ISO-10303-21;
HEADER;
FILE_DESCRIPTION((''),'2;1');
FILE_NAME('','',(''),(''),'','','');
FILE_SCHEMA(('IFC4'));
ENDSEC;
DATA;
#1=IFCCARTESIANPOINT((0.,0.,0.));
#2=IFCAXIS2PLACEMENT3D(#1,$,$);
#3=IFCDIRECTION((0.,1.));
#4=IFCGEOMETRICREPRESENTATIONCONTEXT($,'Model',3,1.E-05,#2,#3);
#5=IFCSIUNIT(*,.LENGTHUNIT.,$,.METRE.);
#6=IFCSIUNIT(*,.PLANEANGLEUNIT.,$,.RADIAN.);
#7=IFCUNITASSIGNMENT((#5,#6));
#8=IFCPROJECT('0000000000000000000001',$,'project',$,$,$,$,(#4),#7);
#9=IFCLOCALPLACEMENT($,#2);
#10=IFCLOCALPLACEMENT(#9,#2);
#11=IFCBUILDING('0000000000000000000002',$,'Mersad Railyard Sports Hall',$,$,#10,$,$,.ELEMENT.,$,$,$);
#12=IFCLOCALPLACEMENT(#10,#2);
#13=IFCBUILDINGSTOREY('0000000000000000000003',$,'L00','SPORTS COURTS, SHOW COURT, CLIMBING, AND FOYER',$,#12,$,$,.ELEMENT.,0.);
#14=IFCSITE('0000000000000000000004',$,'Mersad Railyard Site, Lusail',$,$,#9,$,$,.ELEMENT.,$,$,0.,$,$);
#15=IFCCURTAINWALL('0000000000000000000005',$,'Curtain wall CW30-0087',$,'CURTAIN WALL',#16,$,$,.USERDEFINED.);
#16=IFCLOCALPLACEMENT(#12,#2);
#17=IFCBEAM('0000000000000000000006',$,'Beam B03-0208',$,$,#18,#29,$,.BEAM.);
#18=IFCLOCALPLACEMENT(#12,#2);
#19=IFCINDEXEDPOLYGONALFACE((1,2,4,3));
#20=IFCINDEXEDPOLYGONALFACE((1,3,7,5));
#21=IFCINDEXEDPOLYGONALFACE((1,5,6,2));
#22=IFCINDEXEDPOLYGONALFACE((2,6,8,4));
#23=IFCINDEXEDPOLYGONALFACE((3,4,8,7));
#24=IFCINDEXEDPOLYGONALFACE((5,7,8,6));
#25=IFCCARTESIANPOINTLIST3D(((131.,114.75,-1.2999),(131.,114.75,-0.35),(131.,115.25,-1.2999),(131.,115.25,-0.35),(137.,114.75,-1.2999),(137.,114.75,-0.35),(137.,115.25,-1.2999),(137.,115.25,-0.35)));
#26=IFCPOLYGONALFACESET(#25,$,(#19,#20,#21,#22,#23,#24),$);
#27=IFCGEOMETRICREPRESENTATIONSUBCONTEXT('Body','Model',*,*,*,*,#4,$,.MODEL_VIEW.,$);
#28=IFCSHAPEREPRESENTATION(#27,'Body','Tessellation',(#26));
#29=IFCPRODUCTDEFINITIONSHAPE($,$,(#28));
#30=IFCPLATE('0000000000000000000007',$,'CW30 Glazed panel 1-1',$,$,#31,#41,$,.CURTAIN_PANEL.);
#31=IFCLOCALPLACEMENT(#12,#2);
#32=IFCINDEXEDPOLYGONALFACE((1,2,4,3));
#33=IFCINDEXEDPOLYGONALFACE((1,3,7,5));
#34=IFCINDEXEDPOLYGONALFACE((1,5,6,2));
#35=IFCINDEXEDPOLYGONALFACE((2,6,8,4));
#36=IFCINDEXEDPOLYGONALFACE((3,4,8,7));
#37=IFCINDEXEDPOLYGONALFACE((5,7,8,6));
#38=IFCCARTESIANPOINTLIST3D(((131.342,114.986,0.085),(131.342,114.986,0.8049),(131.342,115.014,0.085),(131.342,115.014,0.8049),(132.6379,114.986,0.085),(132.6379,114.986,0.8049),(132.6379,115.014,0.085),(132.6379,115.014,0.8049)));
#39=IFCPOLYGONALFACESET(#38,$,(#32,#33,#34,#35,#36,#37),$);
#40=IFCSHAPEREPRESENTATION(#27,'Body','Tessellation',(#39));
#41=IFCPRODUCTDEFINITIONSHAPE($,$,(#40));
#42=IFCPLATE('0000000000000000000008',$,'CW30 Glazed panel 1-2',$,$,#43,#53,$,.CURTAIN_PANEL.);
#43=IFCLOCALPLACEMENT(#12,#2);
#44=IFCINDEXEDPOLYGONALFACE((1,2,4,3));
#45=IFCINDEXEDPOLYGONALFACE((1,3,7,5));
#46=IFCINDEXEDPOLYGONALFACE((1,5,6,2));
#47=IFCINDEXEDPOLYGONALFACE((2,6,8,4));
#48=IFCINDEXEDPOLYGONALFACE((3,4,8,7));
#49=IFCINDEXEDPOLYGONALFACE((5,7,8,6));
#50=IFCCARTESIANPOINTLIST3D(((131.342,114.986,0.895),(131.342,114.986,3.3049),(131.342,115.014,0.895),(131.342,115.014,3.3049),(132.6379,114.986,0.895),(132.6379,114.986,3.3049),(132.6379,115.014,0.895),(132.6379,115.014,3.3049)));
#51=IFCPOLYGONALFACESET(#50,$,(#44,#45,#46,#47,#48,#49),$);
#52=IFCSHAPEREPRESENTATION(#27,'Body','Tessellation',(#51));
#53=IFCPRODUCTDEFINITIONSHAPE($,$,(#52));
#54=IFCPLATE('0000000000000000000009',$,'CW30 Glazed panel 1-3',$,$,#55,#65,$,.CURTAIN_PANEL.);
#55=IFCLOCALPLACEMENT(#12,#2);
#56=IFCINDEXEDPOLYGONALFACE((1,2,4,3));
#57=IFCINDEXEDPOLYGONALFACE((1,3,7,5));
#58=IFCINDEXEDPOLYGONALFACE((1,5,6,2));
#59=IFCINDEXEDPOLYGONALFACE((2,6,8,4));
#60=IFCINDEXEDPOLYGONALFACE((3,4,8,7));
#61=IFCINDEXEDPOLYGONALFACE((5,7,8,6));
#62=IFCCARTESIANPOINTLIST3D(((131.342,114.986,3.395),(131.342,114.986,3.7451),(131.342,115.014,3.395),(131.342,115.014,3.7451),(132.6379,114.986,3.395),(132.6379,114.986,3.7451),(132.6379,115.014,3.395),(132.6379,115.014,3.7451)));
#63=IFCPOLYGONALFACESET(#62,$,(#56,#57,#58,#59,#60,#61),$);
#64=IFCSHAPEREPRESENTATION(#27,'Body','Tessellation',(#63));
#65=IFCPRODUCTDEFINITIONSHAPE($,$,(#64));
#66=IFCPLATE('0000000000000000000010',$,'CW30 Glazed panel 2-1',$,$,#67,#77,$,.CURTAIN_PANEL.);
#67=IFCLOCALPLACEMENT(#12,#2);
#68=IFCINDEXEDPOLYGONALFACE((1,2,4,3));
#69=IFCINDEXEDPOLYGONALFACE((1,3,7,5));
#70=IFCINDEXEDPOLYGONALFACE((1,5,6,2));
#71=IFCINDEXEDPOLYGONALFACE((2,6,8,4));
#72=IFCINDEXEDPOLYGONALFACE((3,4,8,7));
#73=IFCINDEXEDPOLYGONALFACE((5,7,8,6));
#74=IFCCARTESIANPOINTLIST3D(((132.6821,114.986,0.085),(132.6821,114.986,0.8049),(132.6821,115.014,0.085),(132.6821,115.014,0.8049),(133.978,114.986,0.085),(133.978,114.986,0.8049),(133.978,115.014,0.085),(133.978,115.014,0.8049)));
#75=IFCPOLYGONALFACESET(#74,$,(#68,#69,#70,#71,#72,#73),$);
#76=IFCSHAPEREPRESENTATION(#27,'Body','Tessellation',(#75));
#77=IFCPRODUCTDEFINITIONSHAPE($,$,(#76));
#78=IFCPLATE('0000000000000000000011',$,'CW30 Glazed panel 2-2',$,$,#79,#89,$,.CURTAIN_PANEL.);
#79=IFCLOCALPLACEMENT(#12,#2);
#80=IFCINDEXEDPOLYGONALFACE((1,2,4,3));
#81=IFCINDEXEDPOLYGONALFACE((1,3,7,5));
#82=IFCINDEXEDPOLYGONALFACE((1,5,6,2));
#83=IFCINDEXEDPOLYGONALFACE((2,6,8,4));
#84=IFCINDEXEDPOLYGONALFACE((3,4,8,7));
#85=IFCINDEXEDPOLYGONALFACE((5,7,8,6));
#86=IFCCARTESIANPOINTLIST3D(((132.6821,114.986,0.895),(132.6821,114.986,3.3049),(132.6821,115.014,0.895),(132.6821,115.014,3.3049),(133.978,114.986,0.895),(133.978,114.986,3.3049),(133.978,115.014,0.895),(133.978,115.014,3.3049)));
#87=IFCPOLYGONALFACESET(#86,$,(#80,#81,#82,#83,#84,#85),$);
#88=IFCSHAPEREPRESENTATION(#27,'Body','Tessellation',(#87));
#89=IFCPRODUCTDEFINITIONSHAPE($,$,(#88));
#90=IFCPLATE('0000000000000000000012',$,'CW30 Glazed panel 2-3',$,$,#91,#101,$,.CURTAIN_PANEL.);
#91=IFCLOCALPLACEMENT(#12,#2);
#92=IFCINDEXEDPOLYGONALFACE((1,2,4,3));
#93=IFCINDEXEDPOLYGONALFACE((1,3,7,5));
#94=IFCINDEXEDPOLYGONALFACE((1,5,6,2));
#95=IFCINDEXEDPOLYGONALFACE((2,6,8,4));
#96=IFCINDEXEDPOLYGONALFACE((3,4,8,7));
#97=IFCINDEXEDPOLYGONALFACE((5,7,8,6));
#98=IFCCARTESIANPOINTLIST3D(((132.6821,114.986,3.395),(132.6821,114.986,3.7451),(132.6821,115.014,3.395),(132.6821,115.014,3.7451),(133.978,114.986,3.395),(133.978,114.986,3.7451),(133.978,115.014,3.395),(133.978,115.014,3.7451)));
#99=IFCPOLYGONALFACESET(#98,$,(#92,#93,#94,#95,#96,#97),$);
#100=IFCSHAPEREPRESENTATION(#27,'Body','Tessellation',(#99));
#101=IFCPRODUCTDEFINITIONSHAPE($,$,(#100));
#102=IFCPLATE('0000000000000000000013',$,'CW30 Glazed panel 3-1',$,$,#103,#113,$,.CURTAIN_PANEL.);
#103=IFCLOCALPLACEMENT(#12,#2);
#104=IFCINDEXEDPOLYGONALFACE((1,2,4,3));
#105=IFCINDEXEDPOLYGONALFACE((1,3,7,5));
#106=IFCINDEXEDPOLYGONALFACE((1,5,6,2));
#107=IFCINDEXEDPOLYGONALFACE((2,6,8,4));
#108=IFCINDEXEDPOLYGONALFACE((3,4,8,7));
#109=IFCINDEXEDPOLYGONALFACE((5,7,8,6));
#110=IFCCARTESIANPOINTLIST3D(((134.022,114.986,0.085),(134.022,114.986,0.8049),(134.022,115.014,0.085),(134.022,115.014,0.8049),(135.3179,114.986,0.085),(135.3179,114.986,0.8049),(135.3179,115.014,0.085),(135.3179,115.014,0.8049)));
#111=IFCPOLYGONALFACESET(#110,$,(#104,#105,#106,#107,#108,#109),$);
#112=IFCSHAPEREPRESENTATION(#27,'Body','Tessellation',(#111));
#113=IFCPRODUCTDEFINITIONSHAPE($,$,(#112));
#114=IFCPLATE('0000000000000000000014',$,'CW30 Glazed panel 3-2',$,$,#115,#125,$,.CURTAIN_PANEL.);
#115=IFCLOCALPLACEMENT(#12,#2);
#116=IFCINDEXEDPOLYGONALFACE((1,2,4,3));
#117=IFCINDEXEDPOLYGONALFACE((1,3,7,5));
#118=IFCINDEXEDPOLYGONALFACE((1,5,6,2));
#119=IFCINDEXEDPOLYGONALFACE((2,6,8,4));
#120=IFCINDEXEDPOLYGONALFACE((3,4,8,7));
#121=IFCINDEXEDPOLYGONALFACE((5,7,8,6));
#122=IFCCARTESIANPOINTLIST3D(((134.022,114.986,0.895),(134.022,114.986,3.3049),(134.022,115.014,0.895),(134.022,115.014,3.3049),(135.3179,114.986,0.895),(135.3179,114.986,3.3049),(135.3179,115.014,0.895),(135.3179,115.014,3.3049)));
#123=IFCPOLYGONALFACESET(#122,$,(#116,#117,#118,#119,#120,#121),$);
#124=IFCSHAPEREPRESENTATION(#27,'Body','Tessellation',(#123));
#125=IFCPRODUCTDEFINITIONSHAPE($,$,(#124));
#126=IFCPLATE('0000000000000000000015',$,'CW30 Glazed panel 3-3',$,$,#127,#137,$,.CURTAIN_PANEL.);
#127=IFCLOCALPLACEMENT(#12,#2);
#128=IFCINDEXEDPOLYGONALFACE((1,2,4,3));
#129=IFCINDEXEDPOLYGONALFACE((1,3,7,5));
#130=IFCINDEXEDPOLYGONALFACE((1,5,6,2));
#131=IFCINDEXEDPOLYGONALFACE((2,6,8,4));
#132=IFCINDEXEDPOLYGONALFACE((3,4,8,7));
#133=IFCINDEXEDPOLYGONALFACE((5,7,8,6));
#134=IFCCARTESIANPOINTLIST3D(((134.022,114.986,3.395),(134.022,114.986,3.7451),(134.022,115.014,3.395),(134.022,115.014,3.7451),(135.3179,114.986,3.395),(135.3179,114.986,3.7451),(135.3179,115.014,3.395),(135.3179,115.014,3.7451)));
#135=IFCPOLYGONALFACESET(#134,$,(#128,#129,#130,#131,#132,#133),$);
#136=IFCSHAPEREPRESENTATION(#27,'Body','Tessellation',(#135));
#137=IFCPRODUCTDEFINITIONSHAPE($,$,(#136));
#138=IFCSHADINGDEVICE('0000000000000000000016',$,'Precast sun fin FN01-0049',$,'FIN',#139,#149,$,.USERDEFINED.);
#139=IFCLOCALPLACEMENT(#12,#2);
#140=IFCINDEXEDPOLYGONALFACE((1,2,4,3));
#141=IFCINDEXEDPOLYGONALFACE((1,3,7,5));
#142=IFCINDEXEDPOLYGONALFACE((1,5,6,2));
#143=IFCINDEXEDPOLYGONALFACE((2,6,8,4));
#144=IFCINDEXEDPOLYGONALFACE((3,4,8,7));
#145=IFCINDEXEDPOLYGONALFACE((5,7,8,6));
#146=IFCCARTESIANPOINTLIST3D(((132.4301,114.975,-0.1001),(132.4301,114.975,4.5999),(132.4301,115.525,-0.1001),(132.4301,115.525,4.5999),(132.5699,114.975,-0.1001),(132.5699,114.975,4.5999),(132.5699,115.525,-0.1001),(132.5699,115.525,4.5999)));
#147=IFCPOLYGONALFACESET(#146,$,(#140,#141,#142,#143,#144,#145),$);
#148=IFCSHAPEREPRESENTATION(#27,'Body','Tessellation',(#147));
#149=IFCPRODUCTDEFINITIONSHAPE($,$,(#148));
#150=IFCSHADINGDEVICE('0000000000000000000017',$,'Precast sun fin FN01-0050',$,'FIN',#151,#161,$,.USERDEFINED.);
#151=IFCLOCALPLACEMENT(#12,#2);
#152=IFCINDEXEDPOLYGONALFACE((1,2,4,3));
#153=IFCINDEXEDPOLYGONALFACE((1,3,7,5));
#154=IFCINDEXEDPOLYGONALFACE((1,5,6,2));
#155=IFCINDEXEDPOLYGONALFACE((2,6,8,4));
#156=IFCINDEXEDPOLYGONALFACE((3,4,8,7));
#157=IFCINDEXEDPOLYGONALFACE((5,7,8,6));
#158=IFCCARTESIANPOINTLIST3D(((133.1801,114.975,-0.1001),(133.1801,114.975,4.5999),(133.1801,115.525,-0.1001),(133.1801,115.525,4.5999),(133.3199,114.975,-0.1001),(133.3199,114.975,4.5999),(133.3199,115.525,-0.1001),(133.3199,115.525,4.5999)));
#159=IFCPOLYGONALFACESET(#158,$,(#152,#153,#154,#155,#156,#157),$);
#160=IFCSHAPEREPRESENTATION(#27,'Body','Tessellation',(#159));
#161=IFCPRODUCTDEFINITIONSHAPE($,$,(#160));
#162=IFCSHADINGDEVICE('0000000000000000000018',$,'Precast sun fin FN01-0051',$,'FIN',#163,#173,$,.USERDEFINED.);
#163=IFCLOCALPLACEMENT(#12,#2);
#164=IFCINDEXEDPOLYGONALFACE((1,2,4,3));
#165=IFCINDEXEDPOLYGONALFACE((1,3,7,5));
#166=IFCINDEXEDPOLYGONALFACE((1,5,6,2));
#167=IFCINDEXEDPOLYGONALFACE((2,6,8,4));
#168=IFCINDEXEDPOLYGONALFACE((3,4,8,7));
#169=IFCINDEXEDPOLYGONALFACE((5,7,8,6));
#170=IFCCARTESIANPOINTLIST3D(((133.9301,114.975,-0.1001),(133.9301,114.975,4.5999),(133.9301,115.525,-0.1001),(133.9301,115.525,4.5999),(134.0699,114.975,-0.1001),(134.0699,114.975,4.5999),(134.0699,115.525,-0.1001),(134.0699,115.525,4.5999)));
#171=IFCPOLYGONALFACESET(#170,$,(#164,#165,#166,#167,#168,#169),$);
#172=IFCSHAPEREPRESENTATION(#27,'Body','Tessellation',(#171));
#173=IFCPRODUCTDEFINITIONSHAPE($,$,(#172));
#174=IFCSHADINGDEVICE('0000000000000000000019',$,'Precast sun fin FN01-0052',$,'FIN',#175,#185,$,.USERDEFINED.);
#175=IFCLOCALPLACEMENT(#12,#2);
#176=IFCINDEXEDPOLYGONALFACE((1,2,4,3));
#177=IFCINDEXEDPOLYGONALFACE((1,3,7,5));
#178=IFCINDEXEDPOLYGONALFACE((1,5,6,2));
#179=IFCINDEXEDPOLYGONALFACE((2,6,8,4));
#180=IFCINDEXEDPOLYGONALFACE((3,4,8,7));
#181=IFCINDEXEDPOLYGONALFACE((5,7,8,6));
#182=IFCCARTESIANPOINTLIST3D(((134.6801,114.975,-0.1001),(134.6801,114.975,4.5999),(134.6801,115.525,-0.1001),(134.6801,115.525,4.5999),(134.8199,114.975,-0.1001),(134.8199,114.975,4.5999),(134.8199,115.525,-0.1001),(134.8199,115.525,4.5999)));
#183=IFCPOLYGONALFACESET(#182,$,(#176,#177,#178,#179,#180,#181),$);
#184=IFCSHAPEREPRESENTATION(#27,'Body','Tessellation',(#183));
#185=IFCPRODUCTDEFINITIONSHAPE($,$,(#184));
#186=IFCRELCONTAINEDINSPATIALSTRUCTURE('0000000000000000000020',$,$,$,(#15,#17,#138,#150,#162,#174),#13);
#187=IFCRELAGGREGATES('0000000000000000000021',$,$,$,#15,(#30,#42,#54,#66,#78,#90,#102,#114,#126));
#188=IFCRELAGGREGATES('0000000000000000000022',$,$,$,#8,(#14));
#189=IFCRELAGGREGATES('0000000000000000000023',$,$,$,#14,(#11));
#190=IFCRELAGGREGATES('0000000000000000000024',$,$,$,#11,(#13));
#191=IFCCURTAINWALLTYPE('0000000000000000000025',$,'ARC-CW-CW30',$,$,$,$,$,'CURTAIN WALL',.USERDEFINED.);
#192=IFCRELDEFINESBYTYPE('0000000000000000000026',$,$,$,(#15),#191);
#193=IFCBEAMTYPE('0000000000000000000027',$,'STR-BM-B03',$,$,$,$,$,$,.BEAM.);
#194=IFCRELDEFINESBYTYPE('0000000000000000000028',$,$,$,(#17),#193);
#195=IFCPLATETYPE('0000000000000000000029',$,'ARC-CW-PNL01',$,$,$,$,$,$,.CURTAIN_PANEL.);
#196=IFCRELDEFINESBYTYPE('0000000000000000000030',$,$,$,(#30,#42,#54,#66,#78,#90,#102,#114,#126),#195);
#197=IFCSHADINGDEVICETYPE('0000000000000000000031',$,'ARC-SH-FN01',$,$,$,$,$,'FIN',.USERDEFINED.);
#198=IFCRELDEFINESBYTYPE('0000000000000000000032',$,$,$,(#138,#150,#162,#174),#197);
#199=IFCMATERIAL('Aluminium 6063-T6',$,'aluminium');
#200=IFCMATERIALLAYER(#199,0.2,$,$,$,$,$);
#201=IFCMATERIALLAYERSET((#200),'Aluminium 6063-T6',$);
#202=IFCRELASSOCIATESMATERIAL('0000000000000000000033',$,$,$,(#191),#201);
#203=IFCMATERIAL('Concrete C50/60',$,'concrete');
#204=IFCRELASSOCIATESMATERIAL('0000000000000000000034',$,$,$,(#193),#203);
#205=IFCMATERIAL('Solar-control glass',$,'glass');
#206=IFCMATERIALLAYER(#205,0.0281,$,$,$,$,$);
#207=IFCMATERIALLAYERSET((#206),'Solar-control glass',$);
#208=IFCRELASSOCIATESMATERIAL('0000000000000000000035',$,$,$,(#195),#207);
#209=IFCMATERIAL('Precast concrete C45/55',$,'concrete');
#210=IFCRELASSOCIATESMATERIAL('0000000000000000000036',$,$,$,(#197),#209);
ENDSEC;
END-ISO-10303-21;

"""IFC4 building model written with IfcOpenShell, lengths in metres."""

from ifc_helpers import new_model, si_unit, direction, frame, origin, origin_2d, place, context, subcontext, project, spatial, rectangle, extrude, material, layer, layer_set, material_profile, profile_set, type_object, element, aggregate, save


model = new_model("IFC4")

# Units and contexts
model_context = context("Model", 3, precision=1e-05, world=origin(), true_north=direction((0.0, 1.0)))
body_context = subcontext(model_context, "Body", "Model", "MODEL_VIEW")
ifc_project = project(units=[si_unit("LENGTHUNIT", "METRE"), si_unit("PLANEANGLEUNIT", "RADIAN")], contexts=[model_context])

# Site, building, storey
site_placement = place(None, origin())
site = spatial("IfcSite", under=ifc_project, at=site_placement, Name="Mersad Railyard Site, Lusail", CompositionType="ELEMENT", RefElevation=0.0)
building_placement = place(site_placement, origin())
building = spatial("IfcBuilding", under=site, at=building_placement, Name="Mersad Railyard Sports Hall", CompositionType="ELEMENT")
storey_placement = place(building_placement, origin())
storey = spatial("IfcBuildingStorey", under=building, at=storey_placement, Name="L00", Description="SPORTS COURTS, SHOW COURT, CLIMBING, AND FOYER", CompositionType="ELEMENT", Elevation=0.0)

# Shared definitions
ifc_material_1 = material(Name="Concrete C50/60", Category="concrete")

# Shared definitions
ifc_material_2 = material(Name="Aluminium 6063-T6", Category="aluminium")

# Curtain wall
ifc_layer_1 = layer(ifc_material_2, 0.2)
ifc_layer_set_1 = layer_set([ifc_layer_1], Name="Aluminium 6063-T6")
curtain_wall_type_1 = type_object("IfcCurtainWallType", Name="ARC-CW-CW30", ElementType="CURTAIN WALL", PredefinedType="USERDEFINED", material=ifc_layer_set_1)
curtain_wall_1_placement = place(storey_placement, origin())
curtain_wall_1 = element("IfcCurtainWall", 1, at=curtain_wall_1_placement, inside=storey, type_object=curtain_wall_type_1, Name="Curtain wall CW30-0087", ObjectType="CURTAIN WALL", PredefinedType="USERDEFINED")

# Beam
ifc_material_profile_1 = material_profile(ifc_material_1, rectangle(XDim=0.5, YDim=0.95, at=origin_2d()), Name="RC 500x950")
ifc_profile_set_1 = profile_set([ifc_material_profile_1], Name="Concrete C50/60")
beam_type = type_object("IfcBeamType", Name="STR-BM-B03", PredefinedType="BEAM", material=ifc_profile_set_1)
beam_placement = place(storey_placement, frame((131.0, 115.0, -0.825), z_axis=(1.0, 0.0, 0.0), x_axis=(0.0, 1.0, 0.0)))
element("IfcBeam", 2, at=beam_placement, inside=storey, type_object=beam_type, Name="Beam B03-0208", PredefinedType="BEAM", context=body_context, shape_type="SweptSolid", body=[
    extrude(rectangle(XDim=0.5, YDim=0.95, at=origin_2d()), origin(), (0.0, 0.0, 1.0), 6.0),
])

# Plates
ifc_material_3 = material(Name="Solar-control glass", Category="glass")
ifc_layer_2 = layer(ifc_material_3, 0.0281)
ifc_layer_set_2 = layer_set([ifc_layer_2], Name="Solar-control glass")
plate_type = type_object("IfcPlateType", Name="ARC-CW-PNL01", PredefinedType="CURTAIN_PANEL", material=ifc_layer_set_2)
plate_1_placement = place(storey_placement, frame((131.99, 115.0, 0.085), z_axis=(0.0, 0.0, 1.0), x_axis=(1.0, 0.0, 0.0)))
plate_1 = element("IfcPlate", 3, at=plate_1_placement, type_object=plate_type, Name="CW30 Glazed panel 1-1", PredefinedType="CURTAIN_PANEL", context=body_context, shape_type="SweptSolid", body=[
    extrude(rectangle(XDim=1.2959, YDim=0.0281, at=origin_2d()), origin(), (0.0, 0.0, 1.0), 0.72),
])
plate_2_placement = place(storey_placement, frame((131.99, 115.0, 0.895), z_axis=(0.0, 0.0, 1.0), x_axis=(1.0, 0.0, 0.0)))
plate_2 = element("IfcPlate", 4, at=plate_2_placement, type_object=plate_type, Name="CW30 Glazed panel 1-2", PredefinedType="CURTAIN_PANEL", context=body_context, shape_type="SweptSolid", body=[
    extrude(rectangle(XDim=1.2959, YDim=0.0281, at=origin_2d()), origin(), (0.0, 0.0, 1.0), 2.4099),
])
plate_3_placement = place(storey_placement, frame((131.99, 115.0, 3.395), z_axis=(0.0, 0.0, 1.0), x_axis=(1.0, 0.0, 0.0)))
plate_3 = element("IfcPlate", 5, at=plate_3_placement, type_object=plate_type, Name="CW30 Glazed panel 1-3", PredefinedType="CURTAIN_PANEL", context=body_context, shape_type="SweptSolid", body=[
    extrude(rectangle(XDim=1.2959, YDim=0.0281, at=origin_2d()), origin(), (0.0, 0.0, 1.0), 0.3501),
])
plate_4_placement = place(storey_placement, frame((133.3301, 115.0, 0.085), z_axis=(0.0, 0.0, 1.0), x_axis=(1.0, 0.0, 0.0)))
plate_4 = element("IfcPlate", 6, at=plate_4_placement, type_object=plate_type, Name="CW30 Glazed panel 2-1", PredefinedType="CURTAIN_PANEL", context=body_context, shape_type="SweptSolid", body=[
    extrude(rectangle(XDim=1.2959, YDim=0.0281, at=origin_2d()), origin(), (0.0, 0.0, 1.0), 0.72),
])
plate_5_placement = place(storey_placement, frame((133.3301, 115.0, 0.895), z_axis=(0.0, 0.0, 1.0), x_axis=(1.0, 0.0, 0.0)))
plate_5 = element("IfcPlate", 7, at=plate_5_placement, type_object=plate_type, Name="CW30 Glazed panel 2-2", PredefinedType="CURTAIN_PANEL", context=body_context, shape_type="SweptSolid", body=[
    extrude(rectangle(XDim=1.2959, YDim=0.0281, at=origin_2d()), origin(), (0.0, 0.0, 1.0), 2.4099),
])
plate_6_placement = place(storey_placement, frame((133.3301, 115.0, 3.395), z_axis=(0.0, 0.0, 1.0), x_axis=(1.0, 0.0, 0.0)))
plate_6 = element("IfcPlate", 8, at=plate_6_placement, type_object=plate_type, Name="CW30 Glazed panel 2-3", PredefinedType="CURTAIN_PANEL", context=body_context, shape_type="SweptSolid", body=[
    extrude(rectangle(XDim=1.2959, YDim=0.0281, at=origin_2d()), origin(), (0.0, 0.0, 1.0), 0.3501),
])
plate_7_placement = place(storey_placement, frame((134.6699, 115.0, 0.085), z_axis=(0.0, 0.0, 1.0), x_axis=(1.0, 0.0, 0.0)))
plate_7 = element("IfcPlate", 9, at=plate_7_placement, type_object=plate_type, Name="CW30 Glazed panel 3-1", PredefinedType="CURTAIN_PANEL", context=body_context, shape_type="SweptSolid", body=[
    extrude(rectangle(XDim=1.2959, YDim=0.0281, at=origin_2d()), origin(), (0.0, 0.0, 1.0), 0.72),
])
plate_8_placement = place(storey_placement, frame((134.6699, 115.0, 0.895), z_axis=(0.0, 0.0, 1.0), x_axis=(1.0, 0.0, 0.0)))
plate_8 = element("IfcPlate", 10, at=plate_8_placement, type_object=plate_type, Name="CW30 Glazed panel 3-2", PredefinedType="CURTAIN_PANEL", context=body_context, shape_type="SweptSolid", body=[
    extrude(rectangle(XDim=1.2959, YDim=0.0281, at=origin_2d()), origin(), (0.0, 0.0, 1.0), 2.4099),
])
plate_9_placement = place(storey_placement, frame((134.6699, 115.0, 3.395), z_axis=(0.0, 0.0, 1.0), x_axis=(1.0, 0.0, 0.0)))
plate_9 = element("IfcPlate", 11, at=plate_9_placement, type_object=plate_type, Name="CW30 Glazed panel 3-3", PredefinedType="CURTAIN_PANEL", context=body_context, shape_type="SweptSolid", body=[
    extrude(rectangle(XDim=1.2959, YDim=0.0281, at=origin_2d()), origin(), (0.0, 0.0, 1.0), 0.3501),
])
aggregate(curtain_wall_1, [plate_1, plate_2, plate_3, plate_4, plate_5, plate_6, plate_7, plate_8, plate_9])

# Shading devices
ifc_material_4 = material(Name="Precast concrete C45/55", Category="concrete")
shading_device_type = type_object("IfcShadingDeviceType", Name="ARC-SH-FN01", ElementType="FIN", PredefinedType="USERDEFINED", material=ifc_material_4)
for number, where, z_axis, x_axis, name in (
    (12, (132.5, 115.25, -0.1001), (0.0, 0.0, 1.0), (1.0, 0.0, 0.0), "Precast sun fin FN01-0049"),
    (13, (133.25, 115.25, -0.1001), (0.0, 0.0, 1.0), (1.0, 0.0, 0.0), "Precast sun fin FN01-0050"),
    (14, (134.0, 115.25, -0.1001), (0.0, 0.0, 1.0), (1.0, 0.0, 0.0), "Precast sun fin FN01-0051"),
    (15, (134.75, 115.25, -0.1001), (0.0, 0.0, 1.0), (1.0, 0.0, 0.0), "Precast sun fin FN01-0052"),
):
    element("IfcShadingDevice", number, at=place(storey_placement, frame(where, z_axis=z_axis, x_axis=x_axis)), inside=storey, type_object=shading_device_type, Name=name, ObjectType="FIN", PredefinedType="USERDEFINED", context=body_context, shape_type="SweptSolid", body=[
        extrude(rectangle(XDim=0.1399, YDim=0.55, at=origin_2d()), origin(), (0.0, 0.0, 1.0), 4.7),
    ])

save(model, "model.ifc")
